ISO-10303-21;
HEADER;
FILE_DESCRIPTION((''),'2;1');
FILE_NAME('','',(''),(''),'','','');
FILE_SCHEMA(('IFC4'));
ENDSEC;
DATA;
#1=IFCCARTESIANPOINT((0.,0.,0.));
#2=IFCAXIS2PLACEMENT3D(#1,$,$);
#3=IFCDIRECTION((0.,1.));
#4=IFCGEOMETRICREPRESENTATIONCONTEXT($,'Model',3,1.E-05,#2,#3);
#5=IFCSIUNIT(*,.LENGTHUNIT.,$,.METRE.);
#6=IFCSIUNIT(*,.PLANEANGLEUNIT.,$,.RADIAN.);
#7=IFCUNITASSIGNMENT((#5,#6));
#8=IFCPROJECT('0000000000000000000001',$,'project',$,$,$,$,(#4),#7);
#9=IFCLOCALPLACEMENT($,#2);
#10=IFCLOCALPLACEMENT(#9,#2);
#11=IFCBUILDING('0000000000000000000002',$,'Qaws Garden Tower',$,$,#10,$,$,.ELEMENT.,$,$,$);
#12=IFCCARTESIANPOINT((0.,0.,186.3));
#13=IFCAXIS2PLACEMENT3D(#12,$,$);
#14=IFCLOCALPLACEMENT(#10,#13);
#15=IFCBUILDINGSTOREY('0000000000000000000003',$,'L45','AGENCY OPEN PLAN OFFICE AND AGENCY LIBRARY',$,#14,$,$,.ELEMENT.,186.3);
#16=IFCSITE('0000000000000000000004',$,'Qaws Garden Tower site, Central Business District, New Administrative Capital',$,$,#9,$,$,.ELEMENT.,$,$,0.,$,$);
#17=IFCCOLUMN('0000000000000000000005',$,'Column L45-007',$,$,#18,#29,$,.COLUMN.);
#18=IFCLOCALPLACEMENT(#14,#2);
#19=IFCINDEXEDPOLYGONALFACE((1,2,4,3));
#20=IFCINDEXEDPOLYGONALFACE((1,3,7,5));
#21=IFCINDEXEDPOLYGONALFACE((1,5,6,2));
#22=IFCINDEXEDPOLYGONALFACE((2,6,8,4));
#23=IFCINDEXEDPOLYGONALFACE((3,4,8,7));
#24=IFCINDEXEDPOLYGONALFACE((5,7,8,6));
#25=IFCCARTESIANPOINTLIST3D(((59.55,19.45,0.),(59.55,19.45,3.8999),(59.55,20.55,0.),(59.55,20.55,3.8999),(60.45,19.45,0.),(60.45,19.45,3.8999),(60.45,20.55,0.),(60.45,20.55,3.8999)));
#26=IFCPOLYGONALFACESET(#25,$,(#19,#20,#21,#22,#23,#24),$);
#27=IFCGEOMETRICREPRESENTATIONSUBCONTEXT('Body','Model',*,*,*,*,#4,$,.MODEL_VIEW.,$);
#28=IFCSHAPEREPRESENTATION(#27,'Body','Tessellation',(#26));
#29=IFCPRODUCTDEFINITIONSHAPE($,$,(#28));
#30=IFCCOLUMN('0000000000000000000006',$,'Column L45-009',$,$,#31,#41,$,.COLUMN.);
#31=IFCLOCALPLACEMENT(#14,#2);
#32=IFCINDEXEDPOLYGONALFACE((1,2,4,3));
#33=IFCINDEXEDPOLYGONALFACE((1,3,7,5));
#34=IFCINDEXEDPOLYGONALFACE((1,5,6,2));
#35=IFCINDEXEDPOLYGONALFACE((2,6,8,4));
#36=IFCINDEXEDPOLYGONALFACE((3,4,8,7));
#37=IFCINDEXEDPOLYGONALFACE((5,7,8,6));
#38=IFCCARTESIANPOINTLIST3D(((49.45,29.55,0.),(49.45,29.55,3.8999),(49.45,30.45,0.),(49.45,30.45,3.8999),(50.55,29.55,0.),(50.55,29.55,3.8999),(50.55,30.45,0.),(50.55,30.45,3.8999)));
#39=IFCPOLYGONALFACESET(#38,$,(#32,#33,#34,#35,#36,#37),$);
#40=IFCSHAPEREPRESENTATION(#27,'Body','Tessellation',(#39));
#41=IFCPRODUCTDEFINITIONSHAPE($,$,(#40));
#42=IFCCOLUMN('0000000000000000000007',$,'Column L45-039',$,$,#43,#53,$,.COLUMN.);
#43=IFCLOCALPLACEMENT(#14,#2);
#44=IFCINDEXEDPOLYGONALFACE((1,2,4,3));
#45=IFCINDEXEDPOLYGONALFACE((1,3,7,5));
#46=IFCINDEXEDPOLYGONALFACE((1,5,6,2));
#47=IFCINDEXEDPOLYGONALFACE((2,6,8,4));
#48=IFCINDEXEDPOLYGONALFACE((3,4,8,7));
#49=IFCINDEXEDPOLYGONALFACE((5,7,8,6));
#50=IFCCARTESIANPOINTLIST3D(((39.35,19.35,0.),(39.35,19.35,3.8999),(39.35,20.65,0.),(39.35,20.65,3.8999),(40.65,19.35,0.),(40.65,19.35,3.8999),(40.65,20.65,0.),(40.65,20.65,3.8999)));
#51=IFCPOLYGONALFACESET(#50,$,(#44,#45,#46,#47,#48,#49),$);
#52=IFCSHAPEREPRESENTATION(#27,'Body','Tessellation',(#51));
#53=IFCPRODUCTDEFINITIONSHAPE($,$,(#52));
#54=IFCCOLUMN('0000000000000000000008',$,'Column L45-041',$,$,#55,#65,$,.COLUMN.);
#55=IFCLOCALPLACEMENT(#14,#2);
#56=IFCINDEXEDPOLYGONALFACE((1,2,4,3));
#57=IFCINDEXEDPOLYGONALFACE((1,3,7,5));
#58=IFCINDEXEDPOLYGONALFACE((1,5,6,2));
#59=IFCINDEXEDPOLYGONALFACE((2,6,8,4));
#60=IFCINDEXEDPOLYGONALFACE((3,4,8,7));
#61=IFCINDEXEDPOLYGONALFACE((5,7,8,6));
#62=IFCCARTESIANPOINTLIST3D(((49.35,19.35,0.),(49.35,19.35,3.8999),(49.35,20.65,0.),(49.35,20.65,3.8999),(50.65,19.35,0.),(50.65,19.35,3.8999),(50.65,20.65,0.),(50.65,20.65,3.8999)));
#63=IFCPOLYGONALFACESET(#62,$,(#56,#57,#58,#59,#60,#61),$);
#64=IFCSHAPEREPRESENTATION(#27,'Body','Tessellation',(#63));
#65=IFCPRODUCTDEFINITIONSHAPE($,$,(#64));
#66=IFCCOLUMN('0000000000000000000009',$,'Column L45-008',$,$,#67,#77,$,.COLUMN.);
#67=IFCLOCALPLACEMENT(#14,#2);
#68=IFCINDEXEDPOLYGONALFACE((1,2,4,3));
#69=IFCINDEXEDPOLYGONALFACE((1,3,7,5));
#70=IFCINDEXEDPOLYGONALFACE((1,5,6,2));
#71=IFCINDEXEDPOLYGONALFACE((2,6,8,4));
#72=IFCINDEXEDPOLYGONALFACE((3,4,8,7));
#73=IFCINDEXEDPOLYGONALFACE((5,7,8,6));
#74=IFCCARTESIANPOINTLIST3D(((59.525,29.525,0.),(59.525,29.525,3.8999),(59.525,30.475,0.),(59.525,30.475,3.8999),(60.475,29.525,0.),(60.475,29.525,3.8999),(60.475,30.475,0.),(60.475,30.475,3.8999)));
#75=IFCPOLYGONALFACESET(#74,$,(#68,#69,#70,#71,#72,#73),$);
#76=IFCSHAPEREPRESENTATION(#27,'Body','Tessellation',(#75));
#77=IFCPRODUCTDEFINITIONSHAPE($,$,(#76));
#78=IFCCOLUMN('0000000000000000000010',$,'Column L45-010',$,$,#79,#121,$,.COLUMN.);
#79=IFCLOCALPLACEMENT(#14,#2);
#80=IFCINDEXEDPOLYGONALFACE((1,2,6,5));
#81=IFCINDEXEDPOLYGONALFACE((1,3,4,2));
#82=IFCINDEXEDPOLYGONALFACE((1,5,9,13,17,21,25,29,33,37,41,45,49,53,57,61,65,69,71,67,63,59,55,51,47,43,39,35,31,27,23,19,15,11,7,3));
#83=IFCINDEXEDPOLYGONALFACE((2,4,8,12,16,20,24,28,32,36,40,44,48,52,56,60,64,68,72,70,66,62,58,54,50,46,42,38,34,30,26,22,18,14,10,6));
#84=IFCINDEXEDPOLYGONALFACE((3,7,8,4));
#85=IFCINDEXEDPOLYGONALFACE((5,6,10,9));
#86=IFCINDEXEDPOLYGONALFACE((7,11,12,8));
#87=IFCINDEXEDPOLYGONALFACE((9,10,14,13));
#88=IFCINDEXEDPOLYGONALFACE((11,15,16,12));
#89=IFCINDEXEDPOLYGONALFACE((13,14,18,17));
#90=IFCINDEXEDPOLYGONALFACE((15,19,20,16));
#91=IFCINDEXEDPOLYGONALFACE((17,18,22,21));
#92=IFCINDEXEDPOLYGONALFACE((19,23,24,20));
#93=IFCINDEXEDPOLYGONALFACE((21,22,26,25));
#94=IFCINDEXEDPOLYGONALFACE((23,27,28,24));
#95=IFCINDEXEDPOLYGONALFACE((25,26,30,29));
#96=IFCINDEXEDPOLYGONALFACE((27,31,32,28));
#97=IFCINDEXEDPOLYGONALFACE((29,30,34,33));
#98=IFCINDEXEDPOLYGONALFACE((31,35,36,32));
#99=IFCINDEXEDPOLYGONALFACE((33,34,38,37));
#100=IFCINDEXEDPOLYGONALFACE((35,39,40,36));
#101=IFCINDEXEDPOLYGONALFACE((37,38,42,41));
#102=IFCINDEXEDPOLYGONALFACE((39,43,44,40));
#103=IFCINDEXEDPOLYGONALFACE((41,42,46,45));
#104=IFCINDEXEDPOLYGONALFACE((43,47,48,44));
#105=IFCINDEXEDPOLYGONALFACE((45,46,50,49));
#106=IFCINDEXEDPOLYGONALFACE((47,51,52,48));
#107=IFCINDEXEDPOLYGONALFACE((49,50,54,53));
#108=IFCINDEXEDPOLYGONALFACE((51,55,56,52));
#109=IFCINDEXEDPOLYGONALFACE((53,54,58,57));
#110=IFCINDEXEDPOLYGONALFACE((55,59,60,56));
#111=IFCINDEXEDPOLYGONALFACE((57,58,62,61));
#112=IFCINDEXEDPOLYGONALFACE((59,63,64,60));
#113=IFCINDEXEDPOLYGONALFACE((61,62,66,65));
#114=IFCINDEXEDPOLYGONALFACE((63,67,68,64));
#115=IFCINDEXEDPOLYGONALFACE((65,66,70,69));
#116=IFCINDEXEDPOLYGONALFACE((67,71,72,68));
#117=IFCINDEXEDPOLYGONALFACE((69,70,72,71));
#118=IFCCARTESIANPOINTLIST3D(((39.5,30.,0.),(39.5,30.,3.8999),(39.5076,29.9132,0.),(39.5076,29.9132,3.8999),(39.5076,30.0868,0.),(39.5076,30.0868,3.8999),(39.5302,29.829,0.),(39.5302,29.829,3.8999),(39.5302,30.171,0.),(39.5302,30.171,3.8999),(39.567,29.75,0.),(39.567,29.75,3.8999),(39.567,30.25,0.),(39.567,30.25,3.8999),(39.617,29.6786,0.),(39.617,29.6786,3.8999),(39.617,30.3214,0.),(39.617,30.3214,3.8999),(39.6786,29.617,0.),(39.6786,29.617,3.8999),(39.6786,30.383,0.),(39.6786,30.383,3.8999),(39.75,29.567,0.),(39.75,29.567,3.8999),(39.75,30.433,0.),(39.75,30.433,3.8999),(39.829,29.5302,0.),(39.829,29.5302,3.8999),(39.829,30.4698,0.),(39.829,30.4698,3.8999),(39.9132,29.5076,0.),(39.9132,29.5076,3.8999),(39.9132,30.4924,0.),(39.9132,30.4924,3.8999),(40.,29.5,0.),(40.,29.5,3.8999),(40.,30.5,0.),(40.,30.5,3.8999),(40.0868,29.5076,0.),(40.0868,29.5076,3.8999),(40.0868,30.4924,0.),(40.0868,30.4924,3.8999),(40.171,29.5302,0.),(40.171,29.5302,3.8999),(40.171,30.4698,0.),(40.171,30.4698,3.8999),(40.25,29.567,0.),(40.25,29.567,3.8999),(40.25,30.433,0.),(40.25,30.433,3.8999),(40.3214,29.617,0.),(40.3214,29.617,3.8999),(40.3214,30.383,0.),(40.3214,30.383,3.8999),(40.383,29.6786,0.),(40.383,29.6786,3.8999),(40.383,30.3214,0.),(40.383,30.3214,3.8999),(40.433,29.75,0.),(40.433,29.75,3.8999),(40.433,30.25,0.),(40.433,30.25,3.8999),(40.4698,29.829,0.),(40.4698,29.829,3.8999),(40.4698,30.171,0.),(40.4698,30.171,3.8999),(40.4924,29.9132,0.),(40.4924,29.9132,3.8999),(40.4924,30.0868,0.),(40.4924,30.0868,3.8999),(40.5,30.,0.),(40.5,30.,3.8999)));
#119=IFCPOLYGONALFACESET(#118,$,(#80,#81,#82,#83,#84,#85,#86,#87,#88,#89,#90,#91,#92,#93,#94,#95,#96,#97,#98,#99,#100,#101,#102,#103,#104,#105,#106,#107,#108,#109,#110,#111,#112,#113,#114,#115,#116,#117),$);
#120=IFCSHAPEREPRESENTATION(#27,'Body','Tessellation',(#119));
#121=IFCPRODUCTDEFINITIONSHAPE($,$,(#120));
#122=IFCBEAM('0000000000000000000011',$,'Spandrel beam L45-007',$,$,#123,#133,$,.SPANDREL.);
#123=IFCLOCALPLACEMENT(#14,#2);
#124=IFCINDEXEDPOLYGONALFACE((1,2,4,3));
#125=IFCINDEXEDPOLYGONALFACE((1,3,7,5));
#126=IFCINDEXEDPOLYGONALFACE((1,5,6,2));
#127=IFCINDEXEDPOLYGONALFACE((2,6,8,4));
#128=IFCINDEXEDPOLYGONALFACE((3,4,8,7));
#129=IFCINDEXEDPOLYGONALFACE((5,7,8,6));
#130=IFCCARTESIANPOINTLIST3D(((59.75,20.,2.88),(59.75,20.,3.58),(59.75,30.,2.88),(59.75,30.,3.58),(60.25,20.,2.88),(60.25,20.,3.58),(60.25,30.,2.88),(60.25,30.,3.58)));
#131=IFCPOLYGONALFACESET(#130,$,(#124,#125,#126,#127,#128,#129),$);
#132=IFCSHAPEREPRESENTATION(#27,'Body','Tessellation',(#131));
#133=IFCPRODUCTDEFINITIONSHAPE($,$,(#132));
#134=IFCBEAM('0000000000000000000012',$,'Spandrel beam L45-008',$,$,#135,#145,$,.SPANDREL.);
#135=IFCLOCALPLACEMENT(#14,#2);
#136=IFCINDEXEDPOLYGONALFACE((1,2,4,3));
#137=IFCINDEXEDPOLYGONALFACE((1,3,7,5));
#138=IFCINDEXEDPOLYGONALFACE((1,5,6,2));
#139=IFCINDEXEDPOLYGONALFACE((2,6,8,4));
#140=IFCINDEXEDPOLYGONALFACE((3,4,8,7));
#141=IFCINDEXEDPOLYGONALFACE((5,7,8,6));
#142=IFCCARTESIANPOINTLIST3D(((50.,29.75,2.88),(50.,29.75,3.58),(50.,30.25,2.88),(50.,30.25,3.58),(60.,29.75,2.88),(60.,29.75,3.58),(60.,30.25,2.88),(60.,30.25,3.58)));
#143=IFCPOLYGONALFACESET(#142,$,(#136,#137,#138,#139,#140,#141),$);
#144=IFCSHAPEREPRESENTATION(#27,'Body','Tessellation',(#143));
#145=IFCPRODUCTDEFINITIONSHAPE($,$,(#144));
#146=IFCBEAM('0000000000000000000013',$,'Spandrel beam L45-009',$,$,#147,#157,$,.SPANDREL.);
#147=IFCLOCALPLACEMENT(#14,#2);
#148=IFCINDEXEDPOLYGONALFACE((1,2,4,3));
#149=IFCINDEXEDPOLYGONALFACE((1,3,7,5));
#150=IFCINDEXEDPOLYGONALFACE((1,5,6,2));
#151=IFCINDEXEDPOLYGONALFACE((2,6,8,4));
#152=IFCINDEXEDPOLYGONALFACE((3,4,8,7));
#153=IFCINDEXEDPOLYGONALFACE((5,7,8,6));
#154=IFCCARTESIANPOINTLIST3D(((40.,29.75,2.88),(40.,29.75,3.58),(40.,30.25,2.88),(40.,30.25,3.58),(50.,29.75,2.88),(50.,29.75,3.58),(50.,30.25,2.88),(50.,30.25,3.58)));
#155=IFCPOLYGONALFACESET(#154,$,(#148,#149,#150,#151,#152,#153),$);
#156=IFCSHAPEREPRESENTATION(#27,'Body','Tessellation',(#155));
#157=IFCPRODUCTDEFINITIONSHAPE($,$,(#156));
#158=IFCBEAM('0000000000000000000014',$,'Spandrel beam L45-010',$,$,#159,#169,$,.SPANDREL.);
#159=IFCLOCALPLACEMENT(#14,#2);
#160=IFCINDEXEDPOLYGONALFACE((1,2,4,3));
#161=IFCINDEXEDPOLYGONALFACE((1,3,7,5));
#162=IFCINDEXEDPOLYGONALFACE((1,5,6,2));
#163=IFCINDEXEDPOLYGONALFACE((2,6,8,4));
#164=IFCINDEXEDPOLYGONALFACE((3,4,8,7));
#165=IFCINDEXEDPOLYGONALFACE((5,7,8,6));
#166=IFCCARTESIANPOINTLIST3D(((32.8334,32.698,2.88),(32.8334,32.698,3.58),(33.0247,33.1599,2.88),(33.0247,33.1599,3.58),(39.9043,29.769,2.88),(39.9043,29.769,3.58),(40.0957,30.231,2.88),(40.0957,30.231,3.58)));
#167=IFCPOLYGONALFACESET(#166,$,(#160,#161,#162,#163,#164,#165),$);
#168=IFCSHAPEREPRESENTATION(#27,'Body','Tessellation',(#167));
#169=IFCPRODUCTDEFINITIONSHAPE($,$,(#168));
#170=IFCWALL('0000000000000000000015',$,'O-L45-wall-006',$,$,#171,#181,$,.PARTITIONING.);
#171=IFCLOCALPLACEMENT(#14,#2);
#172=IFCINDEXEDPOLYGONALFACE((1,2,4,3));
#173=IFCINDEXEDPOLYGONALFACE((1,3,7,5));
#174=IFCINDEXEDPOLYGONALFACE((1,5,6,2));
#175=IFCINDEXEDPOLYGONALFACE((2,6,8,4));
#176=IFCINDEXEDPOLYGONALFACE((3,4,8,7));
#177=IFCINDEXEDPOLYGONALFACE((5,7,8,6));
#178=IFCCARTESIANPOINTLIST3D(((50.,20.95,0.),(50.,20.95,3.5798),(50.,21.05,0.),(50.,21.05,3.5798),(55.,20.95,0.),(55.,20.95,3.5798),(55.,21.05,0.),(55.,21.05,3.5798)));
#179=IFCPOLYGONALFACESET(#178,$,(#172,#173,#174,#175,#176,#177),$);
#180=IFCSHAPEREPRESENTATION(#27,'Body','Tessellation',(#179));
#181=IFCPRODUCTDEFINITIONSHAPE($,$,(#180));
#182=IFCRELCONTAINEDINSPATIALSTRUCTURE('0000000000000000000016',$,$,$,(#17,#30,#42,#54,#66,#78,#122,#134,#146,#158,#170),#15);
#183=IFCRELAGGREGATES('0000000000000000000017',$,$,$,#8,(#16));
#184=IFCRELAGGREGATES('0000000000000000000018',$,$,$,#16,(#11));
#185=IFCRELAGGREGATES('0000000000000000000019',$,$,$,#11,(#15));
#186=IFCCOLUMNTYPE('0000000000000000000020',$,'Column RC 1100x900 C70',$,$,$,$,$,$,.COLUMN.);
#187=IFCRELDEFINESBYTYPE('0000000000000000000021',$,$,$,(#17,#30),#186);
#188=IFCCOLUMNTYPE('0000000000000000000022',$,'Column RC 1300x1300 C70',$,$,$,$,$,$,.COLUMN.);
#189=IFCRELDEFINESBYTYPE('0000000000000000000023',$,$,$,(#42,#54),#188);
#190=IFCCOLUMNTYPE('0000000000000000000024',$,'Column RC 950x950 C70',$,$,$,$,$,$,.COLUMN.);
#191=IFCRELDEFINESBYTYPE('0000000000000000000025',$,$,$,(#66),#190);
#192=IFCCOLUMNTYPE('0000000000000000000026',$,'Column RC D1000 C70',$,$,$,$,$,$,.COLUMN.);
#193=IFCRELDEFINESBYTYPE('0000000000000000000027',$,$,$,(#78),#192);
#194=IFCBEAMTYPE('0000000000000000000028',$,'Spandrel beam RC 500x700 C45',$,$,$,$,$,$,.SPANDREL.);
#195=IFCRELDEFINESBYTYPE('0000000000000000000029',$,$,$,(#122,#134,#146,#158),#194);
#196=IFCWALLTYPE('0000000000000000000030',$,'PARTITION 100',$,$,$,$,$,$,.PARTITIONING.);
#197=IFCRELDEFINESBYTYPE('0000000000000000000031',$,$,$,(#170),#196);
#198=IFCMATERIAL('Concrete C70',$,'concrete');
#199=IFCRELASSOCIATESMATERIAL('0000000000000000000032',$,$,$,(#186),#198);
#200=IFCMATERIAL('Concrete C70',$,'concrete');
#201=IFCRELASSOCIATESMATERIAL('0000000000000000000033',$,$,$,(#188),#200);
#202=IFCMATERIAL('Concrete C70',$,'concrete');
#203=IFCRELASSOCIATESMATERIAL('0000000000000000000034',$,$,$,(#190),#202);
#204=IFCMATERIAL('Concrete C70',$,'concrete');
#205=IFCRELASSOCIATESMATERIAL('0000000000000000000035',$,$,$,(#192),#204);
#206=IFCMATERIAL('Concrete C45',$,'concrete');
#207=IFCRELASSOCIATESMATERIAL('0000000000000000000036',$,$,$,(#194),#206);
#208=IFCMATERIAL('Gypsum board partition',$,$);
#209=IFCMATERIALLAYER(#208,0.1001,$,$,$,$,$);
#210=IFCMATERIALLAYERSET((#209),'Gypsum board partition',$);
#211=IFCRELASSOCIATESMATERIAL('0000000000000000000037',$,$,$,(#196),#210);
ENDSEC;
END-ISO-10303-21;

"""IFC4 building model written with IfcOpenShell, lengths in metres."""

from ifc_helpers import new_model, si_unit, direction, frame, frame_2d, origin, origin_2d, place, context, subcontext, project, spatial, rectangle, circle, extrude, material, layer, layer_set, material_profile, profile_set, type_object, element, save


model = new_model("IFC4")

# Units and contexts
model_context = context("Model", 3, precision=1e-05, world=origin(), true_north=direction((0.0, 1.0)))
body_context = subcontext(model_context, "Body", "Model", "MODEL_VIEW")
ifc_project = project(units=[si_unit("LENGTHUNIT", "METRE"), si_unit("PLANEANGLEUNIT", "RADIAN")], contexts=[model_context])

# Site, building, storey
site_placement = place(None, origin())
site = spatial("IfcSite", under=ifc_project, at=site_placement, Name="Qaws Garden Tower site, Central Business District, New Administrative Capital", CompositionType="ELEMENT", RefElevation=0.0)
building_placement = place(site_placement, origin())
building = spatial("IfcBuilding", under=site, at=building_placement, Name="Qaws Garden Tower", CompositionType="ELEMENT")
storey_placement = place(building_placement, frame((0.0, 0.0, 186.3)))
storey = spatial("IfcBuildingStorey", under=building, at=storey_placement, Name="L45", Description="AGENCY OPEN PLAN OFFICE AND AGENCY LIBRARY", CompositionType="ELEMENT", Elevation=186.3)

# Columns
ifc_material_1 = material(Name="Concrete C70", Category="concrete")
ifc_material_profile_1 = material_profile(ifc_material_1, rectangle(XDim=1.1001, YDim=0.8999, at=origin_2d()), Name="RC 1100x900")
ifc_profile_set_1 = profile_set([ifc_material_profile_1], Name="Concrete C70")
column_type_1 = type_object("IfcColumnType", Name="Column RC 1100x900 C70", PredefinedType="COLUMN", material=ifc_profile_set_1)
for number, where, z_axis, x_axis, name in (
    (1, (60.0, 20.0, 0.0), (0.0, 0.0, 1.0), (0.0, 1.0, 0.0), "Column L45-007"),
    (2, (50.0, 30.0, 0.0), (0.0, 0.0, 1.0), (1.0, 0.0, 0.0), "Column L45-009"),
):
    element("IfcColumn", number, at=place(storey_placement, frame(where, z_axis=z_axis, x_axis=x_axis)), inside=storey, type_object=column_type_1, Name=name, PredefinedType="COLUMN", context=body_context, shape_type="SweptSolid", body=[
        extrude(rectangle(XDim=1.1001, YDim=0.8999, at=origin_2d()), origin(), (0.0, 0.0, 1.0), 3.8999),
    ])
ifc_material_2 = material(Name="Concrete C70", Category="concrete")
ifc_material_profile_2 = material_profile(ifc_material_2, rectangle(XDim=1.3, YDim=1.3, at=origin_2d()), Name="RC 1300x1300")
ifc_profile_set_2 = profile_set([ifc_material_profile_2], Name="Concrete C70")
column_type_2 = type_object("IfcColumnType", Name="Column RC 1300x1300 C70", PredefinedType="COLUMN", material=ifc_profile_set_2)
for number, where, z_axis, x_axis, name in (
    (3, (40.0, 20.0, 0.0), (0.0, 0.0, 1.0), (1.0, 0.0, 0.0), "Column L45-039"),
    (4, (50.0, 20.0, 0.0), (0.0, 0.0, 1.0), (1.0, 0.0, 0.0), "Column L45-041"),
):
    element("IfcColumn", number, at=place(storey_placement, frame(where, z_axis=z_axis, x_axis=x_axis)), inside=storey, type_object=column_type_2, Name=name, PredefinedType="COLUMN", context=body_context, shape_type="SweptSolid", body=[
        extrude(rectangle(XDim=1.3, YDim=1.3, at=origin_2d()), origin(), (0.0, 0.0, 1.0), 3.8999),
    ])
ifc_material_3 = material(Name="Concrete C70", Category="concrete")
ifc_material_profile_3 = material_profile(ifc_material_3, rectangle(XDim=0.95, YDim=0.95, at=origin_2d()), Name="RC 950x950")
ifc_profile_set_3 = profile_set([ifc_material_profile_3], Name="Concrete C70")
column_type_3 = type_object("IfcColumnType", Name="Column RC 950x950 C70", PredefinedType="COLUMN", material=ifc_profile_set_3)
column_1_placement = place(storey_placement, frame((60.0, 30.0, 0.0), z_axis=(0.0, 0.0, 1.0), x_axis=(1.0, 0.0, 0.0)))
element("IfcColumn", 5, at=column_1_placement, inside=storey, type_object=column_type_3, Name="Column L45-008", PredefinedType="COLUMN", context=body_context, shape_type="SweptSolid", body=[
    extrude(rectangle(XDim=0.95, YDim=0.95, at=origin_2d()), origin(), (0.0, 0.0, 1.0), 3.8999),
])
ifc_material_4 = material(Name="Concrete C70", Category="concrete")
ifc_material_profile_4 = material_profile(ifc_material_4, circle(Radius=0.5, at=origin_2d()), Name="RC D1000")
ifc_profile_set_4 = profile_set([ifc_material_profile_4], Name="Concrete C70")
column_type_4 = type_object("IfcColumnType", Name="Column RC D1000 C70", PredefinedType="COLUMN", material=ifc_profile_set_4)
column_2_placement = place(storey_placement, frame((40.0, 30.0, 0.0), z_axis=(0.0, 0.0, 1.0), x_axis=(1.0, 0.0, 0.0)))
element("IfcColumn", 6, at=column_2_placement, inside=storey, type_object=column_type_4, Name="Column L45-010", PredefinedType="COLUMN", context=body_context, shape_type="SweptSolid", body=[
    extrude(circle(Radius=0.5, at=origin_2d()), origin(), (0.0, 0.0, 1.0), 3.8999),
])

# Beams
ifc_material_5 = material(Name="Concrete C45", Category="concrete")
ifc_material_profile_5 = material_profile(ifc_material_5, rectangle(XDim=0.5, YDim=0.7, at=origin_2d()), Name="RC 500x700")
ifc_profile_set_5 = profile_set([ifc_material_profile_5], Name="Concrete C45")
beam_type = type_object("IfcBeamType", Name="Spandrel beam RC 500x700 C45", PredefinedType="SPANDREL", material=ifc_profile_set_5)
for number, where, z_axis, x_axis, name in (
    (7, (60.0, 20.0, 3.23), (0.0, 1.0, 0.0), (-1.0, 0.0, 0.0), "Spandrel beam L45-007"),
    (8, (60.0, 30.0, 3.23), (-1.0, 0.0, 0.0), (0.0, -1.0, 0.0), "Spandrel beam L45-008"),
    (9, (50.0, 30.0, 3.23), (-1.0, 0.0, 0.0), (0.0, -1.0, 0.0), "Spandrel beam L45-009"),
):
    element("IfcBeam", number, at=place(storey_placement, frame(where, z_axis=z_axis, x_axis=x_axis)), inside=storey, type_object=beam_type, Name=name, PredefinedType="SPANDREL", context=body_context, shape_type="SweptSolid", body=[
        extrude(rectangle(XDim=0.5, YDim=0.7, at=origin_2d()), origin(), (0.0, 0.0, 1.0), 10.0),
    ])
beam_placement = place(storey_placement, frame((40.0, 30.0, 3.23), z_axis=(-0.923878, 0.382687, 0.0), x_axis=(-0.382687, -0.923878, 0.0)))
element("IfcBeam", 10, at=beam_placement, inside=storey, type_object=beam_type, Name="Spandrel beam L45-010", PredefinedType="SPANDREL", context=body_context, shape_type="SweptSolid", body=[
    extrude(rectangle(XDim=0.5, YDim=0.7, at=origin_2d()), origin(), (0.0, 0.0, 1.0), 7.6536),
])

# Wall
ifc_material_6 = material(Name="Gypsum board partition")
ifc_layer_1 = layer(ifc_material_6, 0.1001)
ifc_layer_set_1 = layer_set([ifc_layer_1], Name="Gypsum board partition")
wall_type_1 = type_object("IfcWallType", Name="PARTITION 100", PredefinedType="PARTITIONING", material=ifc_layer_set_1)
wall_1_placement = place(storey_placement, frame((50.0, 21.0, 0.0), z_axis=(0.0, 0.0, 1.0), x_axis=(1.0, 0.0, 0.0)))
element("IfcWall", 11, at=wall_1_placement, inside=storey, type_object=wall_type_1, Name="O-L45-wall-006", PredefinedType="PARTITIONING", context=body_context, shape_type="SweptSolid", body=[
    extrude(rectangle(XDim=5.0, YDim=0.1001, at=frame_2d((2.5, 0.0))), origin(), (0.0, 0.0, 1.0), 3.5798),
])

save(model, "model.ifc")
